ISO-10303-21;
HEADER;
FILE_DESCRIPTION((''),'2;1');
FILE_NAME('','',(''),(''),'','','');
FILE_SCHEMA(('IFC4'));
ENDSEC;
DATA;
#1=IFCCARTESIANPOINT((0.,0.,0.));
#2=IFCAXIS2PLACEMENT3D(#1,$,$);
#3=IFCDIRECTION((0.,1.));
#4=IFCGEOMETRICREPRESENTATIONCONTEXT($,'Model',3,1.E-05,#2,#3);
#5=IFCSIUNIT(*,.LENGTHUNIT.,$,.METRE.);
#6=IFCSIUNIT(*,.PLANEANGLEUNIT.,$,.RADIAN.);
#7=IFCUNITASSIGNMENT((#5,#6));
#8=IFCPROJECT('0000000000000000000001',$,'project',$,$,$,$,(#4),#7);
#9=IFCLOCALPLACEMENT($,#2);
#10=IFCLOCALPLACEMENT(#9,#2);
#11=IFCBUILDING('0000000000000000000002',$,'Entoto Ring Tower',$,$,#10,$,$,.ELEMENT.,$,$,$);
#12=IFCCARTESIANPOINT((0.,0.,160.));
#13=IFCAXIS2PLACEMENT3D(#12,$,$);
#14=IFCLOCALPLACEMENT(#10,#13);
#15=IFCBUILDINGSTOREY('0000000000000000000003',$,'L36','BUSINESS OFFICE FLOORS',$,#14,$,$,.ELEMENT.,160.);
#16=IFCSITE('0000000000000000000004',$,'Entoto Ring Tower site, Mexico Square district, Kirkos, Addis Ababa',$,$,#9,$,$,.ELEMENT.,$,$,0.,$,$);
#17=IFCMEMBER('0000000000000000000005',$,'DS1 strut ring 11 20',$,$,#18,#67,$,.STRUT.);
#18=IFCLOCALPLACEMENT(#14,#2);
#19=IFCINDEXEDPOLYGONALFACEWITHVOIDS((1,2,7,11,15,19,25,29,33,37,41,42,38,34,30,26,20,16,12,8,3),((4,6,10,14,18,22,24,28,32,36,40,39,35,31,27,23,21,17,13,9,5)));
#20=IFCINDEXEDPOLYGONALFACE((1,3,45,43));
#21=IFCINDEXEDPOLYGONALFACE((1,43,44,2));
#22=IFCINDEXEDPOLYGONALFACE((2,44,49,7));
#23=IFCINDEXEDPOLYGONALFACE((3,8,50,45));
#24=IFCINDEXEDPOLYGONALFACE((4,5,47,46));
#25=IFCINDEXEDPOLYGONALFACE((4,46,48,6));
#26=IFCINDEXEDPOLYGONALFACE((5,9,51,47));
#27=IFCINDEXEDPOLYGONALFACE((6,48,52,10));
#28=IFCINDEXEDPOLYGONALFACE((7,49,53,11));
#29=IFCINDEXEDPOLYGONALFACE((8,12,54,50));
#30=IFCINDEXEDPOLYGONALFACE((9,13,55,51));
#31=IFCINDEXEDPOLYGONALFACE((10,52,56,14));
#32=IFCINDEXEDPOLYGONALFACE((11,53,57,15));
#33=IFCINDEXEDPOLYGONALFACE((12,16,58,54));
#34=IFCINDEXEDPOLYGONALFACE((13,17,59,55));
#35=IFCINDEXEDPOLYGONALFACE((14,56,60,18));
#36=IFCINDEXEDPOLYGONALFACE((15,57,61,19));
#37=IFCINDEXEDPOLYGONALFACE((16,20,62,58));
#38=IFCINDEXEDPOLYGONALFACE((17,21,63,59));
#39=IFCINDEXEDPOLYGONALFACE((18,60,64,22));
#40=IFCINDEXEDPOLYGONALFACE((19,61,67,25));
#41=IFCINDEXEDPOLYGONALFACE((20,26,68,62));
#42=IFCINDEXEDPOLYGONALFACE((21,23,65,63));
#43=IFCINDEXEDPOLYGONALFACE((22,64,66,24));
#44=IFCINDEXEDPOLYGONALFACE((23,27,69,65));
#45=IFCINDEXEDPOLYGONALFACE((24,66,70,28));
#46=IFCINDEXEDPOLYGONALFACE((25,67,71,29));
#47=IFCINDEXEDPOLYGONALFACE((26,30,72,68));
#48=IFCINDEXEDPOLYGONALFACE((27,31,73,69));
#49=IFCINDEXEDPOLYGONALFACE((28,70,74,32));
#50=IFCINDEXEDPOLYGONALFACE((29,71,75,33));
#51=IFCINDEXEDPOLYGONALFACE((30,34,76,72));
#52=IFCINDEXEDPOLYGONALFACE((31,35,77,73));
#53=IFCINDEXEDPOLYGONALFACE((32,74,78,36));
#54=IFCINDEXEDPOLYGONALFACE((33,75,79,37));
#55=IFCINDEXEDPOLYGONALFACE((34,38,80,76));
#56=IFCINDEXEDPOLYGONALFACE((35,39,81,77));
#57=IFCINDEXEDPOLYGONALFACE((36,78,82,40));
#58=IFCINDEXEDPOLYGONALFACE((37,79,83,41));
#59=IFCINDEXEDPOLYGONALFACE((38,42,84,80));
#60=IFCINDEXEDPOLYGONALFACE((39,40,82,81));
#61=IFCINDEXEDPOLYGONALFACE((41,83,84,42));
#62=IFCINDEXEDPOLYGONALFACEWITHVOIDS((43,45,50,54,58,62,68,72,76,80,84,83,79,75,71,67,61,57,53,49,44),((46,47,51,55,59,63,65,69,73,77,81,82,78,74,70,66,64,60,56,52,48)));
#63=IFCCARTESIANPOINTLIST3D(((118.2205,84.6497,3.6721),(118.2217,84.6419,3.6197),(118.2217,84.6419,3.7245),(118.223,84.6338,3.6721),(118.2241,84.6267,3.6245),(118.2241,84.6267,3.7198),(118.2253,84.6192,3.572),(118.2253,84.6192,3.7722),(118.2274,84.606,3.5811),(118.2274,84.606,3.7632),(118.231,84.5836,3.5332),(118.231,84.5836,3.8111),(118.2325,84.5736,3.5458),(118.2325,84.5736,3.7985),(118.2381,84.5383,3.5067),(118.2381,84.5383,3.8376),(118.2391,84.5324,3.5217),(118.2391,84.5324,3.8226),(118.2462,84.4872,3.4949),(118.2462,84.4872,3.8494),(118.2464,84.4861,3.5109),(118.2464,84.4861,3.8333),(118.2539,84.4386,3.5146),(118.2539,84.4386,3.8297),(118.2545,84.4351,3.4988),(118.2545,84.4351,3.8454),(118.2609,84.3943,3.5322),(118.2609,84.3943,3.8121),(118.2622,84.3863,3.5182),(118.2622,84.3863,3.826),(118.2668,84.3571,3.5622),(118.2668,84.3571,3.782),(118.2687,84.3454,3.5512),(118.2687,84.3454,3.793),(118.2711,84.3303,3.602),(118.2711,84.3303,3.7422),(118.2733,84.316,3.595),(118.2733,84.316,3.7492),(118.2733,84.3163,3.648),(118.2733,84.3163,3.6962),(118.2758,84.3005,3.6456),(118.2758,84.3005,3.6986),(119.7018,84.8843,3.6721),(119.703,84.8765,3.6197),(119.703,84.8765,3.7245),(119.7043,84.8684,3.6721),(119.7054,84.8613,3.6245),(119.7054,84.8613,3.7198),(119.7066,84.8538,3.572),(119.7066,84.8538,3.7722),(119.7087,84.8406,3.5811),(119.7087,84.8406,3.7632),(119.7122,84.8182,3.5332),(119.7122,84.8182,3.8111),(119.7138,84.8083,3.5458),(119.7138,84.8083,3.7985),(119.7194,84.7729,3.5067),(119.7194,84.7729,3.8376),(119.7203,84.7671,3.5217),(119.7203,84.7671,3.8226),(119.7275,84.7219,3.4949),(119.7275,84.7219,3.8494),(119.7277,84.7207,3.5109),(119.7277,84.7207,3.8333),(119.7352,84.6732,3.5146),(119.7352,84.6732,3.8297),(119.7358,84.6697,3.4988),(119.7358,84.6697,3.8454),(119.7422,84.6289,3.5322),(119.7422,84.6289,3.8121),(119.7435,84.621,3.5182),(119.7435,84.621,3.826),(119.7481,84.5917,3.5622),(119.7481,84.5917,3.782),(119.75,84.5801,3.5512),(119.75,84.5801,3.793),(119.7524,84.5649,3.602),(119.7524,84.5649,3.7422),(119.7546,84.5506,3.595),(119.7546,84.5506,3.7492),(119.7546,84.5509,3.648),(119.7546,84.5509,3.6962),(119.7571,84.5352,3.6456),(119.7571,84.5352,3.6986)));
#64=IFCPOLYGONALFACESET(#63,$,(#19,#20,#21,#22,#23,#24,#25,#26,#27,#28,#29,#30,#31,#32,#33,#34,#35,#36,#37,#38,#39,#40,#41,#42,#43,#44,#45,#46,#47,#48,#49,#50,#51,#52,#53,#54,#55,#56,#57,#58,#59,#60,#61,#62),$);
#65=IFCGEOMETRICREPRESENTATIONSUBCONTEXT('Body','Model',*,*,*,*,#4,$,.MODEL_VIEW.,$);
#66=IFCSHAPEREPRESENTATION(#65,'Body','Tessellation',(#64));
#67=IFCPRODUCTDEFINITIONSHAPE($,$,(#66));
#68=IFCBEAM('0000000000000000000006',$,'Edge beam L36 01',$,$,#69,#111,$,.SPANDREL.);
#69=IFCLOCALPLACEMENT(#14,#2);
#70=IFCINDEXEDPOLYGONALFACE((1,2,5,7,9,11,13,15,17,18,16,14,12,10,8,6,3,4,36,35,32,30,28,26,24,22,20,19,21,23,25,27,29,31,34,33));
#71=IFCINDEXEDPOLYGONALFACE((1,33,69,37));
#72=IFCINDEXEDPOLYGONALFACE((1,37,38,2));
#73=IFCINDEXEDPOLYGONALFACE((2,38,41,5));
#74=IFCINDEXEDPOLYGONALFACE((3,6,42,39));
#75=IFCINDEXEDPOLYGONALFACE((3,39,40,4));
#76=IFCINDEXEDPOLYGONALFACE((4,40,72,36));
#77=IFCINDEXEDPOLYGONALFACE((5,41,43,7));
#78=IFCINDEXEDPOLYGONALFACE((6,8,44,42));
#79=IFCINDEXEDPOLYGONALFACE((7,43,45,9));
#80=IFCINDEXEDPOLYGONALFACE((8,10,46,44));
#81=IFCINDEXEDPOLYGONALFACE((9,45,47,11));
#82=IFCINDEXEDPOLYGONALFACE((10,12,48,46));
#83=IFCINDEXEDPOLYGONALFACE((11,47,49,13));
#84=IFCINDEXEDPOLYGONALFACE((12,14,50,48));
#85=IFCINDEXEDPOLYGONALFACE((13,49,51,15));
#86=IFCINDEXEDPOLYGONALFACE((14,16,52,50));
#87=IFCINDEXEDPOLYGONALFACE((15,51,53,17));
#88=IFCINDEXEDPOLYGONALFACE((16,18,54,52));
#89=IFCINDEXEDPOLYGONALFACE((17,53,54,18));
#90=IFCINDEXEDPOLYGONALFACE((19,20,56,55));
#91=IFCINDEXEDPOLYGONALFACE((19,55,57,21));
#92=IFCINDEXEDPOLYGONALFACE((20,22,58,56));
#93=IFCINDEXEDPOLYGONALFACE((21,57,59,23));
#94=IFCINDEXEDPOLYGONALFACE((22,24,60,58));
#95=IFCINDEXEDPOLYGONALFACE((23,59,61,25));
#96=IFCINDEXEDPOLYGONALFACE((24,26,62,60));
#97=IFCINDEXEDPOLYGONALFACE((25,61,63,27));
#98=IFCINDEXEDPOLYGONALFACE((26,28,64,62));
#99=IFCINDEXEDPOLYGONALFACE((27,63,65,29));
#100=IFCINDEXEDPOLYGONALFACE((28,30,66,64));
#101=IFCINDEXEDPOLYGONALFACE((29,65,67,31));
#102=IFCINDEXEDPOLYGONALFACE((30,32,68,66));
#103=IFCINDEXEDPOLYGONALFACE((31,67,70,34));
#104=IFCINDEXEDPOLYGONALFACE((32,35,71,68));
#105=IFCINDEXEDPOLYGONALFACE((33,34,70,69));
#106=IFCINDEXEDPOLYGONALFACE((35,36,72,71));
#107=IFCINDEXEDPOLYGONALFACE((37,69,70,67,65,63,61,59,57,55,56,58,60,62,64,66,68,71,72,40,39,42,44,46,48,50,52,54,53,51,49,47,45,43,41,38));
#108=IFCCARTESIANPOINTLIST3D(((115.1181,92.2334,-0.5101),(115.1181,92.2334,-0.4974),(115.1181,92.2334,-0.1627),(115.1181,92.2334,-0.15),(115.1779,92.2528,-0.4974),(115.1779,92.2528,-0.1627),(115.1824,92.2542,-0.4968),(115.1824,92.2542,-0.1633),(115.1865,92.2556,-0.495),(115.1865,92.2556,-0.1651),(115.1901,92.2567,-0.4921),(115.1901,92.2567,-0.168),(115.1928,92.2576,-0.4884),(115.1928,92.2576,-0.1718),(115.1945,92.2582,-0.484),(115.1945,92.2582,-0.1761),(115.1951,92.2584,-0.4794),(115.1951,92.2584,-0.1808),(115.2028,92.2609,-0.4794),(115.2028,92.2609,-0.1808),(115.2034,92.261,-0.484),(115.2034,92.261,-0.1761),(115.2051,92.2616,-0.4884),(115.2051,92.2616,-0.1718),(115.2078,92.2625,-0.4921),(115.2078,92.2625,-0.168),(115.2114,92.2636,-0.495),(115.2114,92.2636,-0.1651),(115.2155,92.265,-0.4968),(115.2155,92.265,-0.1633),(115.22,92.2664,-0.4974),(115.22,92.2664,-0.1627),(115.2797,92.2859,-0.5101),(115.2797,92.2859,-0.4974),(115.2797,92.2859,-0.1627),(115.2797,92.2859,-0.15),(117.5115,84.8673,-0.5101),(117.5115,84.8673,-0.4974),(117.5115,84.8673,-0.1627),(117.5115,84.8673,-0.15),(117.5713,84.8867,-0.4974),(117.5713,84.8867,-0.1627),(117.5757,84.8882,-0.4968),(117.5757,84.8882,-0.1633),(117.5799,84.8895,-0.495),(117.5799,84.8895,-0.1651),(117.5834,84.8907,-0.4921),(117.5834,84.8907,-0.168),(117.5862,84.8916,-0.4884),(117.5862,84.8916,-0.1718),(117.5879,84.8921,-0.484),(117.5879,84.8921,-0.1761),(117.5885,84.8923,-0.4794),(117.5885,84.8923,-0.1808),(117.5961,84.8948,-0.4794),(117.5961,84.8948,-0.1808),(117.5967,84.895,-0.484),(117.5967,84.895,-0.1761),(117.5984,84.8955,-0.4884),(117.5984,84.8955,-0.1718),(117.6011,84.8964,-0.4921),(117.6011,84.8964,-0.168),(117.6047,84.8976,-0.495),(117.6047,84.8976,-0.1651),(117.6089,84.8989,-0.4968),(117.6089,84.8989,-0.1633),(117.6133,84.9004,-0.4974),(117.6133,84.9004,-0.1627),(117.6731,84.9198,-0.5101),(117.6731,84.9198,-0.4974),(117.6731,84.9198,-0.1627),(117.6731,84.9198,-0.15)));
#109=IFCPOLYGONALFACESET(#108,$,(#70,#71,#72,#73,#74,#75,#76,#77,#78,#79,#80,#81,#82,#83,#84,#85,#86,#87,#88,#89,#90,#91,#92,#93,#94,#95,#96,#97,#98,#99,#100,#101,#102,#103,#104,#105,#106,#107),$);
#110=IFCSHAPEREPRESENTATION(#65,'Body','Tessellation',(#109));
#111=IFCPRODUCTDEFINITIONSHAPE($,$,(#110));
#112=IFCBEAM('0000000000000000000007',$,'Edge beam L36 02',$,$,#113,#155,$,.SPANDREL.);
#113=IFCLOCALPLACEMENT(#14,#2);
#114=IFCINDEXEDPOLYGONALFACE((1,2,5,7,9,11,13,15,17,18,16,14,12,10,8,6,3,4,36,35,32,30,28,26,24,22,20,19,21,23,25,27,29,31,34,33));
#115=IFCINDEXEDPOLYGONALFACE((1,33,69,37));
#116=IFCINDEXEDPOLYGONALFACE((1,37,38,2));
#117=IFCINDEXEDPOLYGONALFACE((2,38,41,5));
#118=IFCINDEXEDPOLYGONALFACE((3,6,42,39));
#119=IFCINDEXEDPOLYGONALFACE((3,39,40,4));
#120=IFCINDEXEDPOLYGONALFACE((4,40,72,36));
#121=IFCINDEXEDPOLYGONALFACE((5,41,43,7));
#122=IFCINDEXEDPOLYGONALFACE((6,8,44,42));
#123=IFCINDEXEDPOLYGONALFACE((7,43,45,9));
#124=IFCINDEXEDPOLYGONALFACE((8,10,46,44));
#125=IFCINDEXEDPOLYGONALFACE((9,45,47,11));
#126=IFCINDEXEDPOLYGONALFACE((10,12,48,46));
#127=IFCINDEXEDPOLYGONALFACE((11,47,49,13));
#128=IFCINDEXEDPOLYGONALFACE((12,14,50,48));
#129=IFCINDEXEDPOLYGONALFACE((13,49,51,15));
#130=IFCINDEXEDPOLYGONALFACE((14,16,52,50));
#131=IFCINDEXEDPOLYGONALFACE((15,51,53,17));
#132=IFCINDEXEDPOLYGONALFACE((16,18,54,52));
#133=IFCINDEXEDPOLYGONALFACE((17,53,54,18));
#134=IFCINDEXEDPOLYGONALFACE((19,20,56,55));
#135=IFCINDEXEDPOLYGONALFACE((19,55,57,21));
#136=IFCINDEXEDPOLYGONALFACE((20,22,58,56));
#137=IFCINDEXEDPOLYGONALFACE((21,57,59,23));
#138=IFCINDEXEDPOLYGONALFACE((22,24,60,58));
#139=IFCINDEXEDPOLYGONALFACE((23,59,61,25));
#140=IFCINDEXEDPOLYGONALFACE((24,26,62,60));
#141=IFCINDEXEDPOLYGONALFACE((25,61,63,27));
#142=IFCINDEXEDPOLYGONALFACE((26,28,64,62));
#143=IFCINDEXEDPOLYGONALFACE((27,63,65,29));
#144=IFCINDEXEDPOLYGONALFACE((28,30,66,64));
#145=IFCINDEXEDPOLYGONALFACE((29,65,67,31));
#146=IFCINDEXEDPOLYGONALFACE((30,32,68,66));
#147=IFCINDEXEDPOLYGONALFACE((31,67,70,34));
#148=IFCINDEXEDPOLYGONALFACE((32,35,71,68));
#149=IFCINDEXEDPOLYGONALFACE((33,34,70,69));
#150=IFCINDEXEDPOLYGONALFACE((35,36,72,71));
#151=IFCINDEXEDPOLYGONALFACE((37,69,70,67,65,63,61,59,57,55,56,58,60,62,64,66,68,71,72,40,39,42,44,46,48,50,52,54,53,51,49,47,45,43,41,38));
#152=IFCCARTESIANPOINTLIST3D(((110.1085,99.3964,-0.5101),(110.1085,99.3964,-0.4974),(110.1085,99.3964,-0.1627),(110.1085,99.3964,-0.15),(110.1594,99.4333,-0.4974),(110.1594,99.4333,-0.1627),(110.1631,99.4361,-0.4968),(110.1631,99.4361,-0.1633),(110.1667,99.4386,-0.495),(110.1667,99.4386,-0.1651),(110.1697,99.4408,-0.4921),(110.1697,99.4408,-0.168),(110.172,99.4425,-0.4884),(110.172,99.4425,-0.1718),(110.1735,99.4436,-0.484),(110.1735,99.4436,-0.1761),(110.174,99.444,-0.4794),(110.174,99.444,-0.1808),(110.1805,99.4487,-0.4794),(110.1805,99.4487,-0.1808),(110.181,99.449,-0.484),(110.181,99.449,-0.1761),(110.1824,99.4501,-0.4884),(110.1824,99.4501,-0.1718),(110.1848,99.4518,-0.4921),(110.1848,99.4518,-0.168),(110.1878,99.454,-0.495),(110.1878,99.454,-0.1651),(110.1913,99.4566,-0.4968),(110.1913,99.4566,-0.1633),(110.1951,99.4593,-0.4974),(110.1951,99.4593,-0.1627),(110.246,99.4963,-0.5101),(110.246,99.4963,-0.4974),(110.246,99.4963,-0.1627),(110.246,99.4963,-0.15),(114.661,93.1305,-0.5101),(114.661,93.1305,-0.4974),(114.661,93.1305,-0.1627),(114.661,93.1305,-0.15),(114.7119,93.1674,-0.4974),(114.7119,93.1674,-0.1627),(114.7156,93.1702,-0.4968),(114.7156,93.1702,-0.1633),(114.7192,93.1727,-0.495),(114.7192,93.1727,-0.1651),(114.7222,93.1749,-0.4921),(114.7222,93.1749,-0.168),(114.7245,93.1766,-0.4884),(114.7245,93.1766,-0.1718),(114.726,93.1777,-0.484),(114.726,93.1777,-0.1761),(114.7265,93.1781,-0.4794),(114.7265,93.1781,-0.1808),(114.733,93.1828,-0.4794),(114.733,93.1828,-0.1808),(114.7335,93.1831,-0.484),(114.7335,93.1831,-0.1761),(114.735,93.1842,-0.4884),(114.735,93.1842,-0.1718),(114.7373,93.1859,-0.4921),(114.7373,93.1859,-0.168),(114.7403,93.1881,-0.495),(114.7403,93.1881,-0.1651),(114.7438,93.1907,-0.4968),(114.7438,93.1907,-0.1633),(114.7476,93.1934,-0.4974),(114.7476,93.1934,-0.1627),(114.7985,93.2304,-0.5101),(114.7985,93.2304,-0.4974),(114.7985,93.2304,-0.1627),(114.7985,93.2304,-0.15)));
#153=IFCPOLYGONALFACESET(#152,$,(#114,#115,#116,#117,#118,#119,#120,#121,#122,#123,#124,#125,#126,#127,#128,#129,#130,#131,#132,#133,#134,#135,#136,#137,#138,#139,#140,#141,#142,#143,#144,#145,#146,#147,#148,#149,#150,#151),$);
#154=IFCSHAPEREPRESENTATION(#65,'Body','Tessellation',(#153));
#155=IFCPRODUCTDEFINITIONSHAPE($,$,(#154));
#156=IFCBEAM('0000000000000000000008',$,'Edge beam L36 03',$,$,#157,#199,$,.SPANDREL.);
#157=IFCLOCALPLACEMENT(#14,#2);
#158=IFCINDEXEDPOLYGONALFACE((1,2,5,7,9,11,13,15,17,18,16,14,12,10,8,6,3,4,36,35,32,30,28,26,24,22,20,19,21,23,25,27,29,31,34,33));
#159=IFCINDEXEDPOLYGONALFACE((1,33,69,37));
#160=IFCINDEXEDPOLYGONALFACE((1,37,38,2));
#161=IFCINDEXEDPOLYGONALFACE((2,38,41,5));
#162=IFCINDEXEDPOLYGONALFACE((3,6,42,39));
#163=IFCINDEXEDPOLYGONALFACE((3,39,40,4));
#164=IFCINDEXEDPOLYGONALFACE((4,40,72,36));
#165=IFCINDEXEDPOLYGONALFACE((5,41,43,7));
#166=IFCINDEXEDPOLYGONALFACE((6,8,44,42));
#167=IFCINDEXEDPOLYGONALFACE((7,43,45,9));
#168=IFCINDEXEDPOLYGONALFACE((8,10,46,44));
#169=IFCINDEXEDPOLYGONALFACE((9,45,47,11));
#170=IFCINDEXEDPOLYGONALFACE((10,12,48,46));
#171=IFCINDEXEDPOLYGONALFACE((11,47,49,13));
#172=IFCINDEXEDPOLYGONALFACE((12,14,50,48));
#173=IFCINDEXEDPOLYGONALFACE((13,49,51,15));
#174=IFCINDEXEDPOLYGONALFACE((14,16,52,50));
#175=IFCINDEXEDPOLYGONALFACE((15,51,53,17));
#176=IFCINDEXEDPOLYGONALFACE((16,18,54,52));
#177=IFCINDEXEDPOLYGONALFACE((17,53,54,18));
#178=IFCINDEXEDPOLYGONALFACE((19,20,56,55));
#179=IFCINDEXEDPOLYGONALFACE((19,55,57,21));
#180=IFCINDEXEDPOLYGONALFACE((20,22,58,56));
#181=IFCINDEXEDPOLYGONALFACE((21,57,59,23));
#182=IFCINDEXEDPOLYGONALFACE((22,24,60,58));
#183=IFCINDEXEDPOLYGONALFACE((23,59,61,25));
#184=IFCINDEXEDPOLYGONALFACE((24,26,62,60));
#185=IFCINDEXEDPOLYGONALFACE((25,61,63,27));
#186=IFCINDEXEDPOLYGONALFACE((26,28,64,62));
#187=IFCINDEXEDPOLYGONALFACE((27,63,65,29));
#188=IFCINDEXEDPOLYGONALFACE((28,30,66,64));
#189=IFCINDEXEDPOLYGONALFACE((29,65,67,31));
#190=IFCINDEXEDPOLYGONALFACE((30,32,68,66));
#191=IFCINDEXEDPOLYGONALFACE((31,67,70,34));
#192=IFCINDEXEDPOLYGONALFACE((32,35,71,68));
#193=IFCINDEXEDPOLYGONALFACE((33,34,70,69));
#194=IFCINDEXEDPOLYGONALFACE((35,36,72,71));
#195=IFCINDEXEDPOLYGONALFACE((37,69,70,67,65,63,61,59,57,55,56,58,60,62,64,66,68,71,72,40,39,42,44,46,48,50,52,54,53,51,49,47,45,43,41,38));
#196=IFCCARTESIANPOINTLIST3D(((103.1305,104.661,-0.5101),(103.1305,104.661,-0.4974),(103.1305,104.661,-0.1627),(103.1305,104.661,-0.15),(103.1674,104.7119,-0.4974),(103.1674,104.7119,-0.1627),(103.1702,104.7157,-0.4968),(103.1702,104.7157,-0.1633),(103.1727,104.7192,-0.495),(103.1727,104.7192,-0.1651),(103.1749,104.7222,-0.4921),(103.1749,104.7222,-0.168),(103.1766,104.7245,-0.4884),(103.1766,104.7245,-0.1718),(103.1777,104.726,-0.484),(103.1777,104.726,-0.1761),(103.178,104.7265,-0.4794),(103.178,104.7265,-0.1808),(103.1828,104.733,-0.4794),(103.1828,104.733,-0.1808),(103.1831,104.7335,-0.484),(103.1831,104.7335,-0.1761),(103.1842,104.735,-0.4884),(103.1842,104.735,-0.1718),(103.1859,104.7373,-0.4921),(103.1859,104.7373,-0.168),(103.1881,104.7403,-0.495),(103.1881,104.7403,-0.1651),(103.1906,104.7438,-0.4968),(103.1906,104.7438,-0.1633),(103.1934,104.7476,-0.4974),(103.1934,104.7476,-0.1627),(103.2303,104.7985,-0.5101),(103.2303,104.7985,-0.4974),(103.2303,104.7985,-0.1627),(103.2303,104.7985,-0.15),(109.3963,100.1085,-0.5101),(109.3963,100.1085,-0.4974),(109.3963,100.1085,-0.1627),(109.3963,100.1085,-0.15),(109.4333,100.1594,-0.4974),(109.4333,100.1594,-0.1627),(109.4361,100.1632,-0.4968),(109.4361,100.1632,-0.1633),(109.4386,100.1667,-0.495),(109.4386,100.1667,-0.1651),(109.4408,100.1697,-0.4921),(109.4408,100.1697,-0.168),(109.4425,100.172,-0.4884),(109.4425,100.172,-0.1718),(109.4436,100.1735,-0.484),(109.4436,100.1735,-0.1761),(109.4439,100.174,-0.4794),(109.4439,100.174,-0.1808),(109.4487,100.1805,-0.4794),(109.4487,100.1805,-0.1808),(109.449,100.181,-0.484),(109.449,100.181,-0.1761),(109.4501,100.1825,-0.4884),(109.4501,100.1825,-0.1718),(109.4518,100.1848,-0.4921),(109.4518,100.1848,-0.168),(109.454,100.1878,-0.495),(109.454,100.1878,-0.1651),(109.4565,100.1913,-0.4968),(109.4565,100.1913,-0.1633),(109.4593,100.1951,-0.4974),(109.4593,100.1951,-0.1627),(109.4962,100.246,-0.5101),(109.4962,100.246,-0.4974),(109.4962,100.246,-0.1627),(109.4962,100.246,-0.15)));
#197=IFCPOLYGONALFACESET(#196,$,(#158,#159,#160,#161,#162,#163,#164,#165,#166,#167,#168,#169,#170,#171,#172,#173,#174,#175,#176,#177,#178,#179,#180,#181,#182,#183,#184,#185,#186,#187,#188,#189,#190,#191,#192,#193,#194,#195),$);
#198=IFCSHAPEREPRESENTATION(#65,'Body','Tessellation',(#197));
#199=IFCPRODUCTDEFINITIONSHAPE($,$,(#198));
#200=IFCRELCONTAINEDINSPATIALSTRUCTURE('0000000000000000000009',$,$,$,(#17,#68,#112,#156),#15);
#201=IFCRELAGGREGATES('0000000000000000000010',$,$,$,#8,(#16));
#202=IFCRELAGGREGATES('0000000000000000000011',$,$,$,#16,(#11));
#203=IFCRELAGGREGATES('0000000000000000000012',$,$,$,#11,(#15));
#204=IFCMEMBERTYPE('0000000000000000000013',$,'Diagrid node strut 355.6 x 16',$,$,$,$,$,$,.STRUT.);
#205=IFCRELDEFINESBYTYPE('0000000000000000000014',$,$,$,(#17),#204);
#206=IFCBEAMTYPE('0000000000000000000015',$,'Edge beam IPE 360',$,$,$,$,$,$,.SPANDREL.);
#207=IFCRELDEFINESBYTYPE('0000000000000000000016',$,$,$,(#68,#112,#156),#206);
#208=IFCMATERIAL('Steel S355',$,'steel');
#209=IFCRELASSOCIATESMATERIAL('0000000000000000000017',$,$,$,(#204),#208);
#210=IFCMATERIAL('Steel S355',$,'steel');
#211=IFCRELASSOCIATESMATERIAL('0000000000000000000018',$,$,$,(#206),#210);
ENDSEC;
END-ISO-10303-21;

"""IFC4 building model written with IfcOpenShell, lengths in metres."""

from ifc_helpers import new_model, si_unit, direction, frame, origin, origin_2d, place, context, subcontext, project, spatial, circle, hollow_circle, i_section, extrude, material, material_profile, profile_set, type_object, element, save


model = new_model("IFC4")

# Units and contexts
model_context = context("Model", 3, precision=1e-05, world=origin(), true_north=direction((0.0, 1.0)))
body_context = subcontext(model_context, "Body", "Model", "MODEL_VIEW")
ifc_project = project(units=[si_unit("LENGTHUNIT", "METRE"), si_unit("PLANEANGLEUNIT", "RADIAN")], contexts=[model_context])

# Site, building, storey
site_placement = place(None, origin())
site = spatial("IfcSite", under=ifc_project, at=site_placement, Name="Entoto Ring Tower site, Mexico Square district, Kirkos, Addis Ababa", CompositionType="ELEMENT", RefElevation=0.0)
building_placement = place(site_placement, origin())
building = spatial("IfcBuilding", under=site, at=building_placement, Name="Entoto Ring Tower", CompositionType="ELEMENT")
storey_placement = place(building_placement, frame((0.0, 0.0, 160.0)))
storey = spatial("IfcBuildingStorey", under=building, at=storey_placement, Name="L36", Description="BUSINESS OFFICE FLOORS", CompositionType="ELEMENT", Elevation=160.0)

# Member
ifc_material_1 = material(Name="Steel S355", Category="steel")
ifc_material_profile_1 = material_profile(ifc_material_1, hollow_circle(Radius=0.1777, WallThickness=0.0161, at=origin_2d()), Name="CHS 355.6 x 16")
ifc_material_2 = material(Name="Concrete C60/75", Category="concrete")
ifc_material_profile_2 = material_profile(ifc_material_2, circle(Radius=0.1619, at=origin_2d()), Name="Concrete C60/75 infill")
ifc_profile_set_1 = profile_set([ifc_material_profile_1, ifc_material_profile_2], Name="Steel S355")
member_type = type_object("IfcMemberType", Name="Diagrid node strut 355.6 x 16", PredefinedType="STRUT", material=ifc_profile_set_1)
member_placement = place(storey_placement, frame((118.2483, 84.4741, 3.6721), z_axis=(0.987686, 0.156447, 0.0), x_axis=(-0.156447, 0.987686, 0.0)))
element("IfcMember", 1, at=member_placement, inside=storey, type_object=member_type, Name="DS1 strut ring 11 20", PredefinedType="STRUT", context=body_context, shape_type="SweptSolid", body=[
    extrude(hollow_circle(Radius=0.1777, WallThickness=0.0161, at=origin_2d()), origin(), (0.0, 0.0, 1.0), 1.4998),
])

# Beams
ifc_material_3 = material(Name="Steel S355", Category="steel")
ifc_material_profile_3 = material_profile(ifc_material_3, i_section(OverallWidth=0.1699, OverallDepth=0.3601, WebThickness=0.0081, FlangeThickness=0.0127, FilletRadius=0.0181, at=origin_2d()), Name="IPE 360")
ifc_profile_set_2 = profile_set([ifc_material_profile_3], Name="Steel S355")
beam_type_1 = type_object("IfcBeamType", Name="Edge beam IPE 360", PredefinedType="SPANDREL", material=ifc_profile_set_2)
for number, where, z_axis, x_axis, name in (
    (2, (117.5923, 84.8936, -0.3301), (-0.309013, 0.951058, 0.0), (-0.951058, -0.309013, 0.0), "Edge beam L36 01"),
    (3, (114.7297, 93.1804, -0.3301), (-0.587791, 0.809013, 0.0), (-0.809013, -0.587791, 0.0), "Edge beam L36 02"),
    (4, (109.4463, 100.1772, -0.3301), (-0.809013, 0.587791, 0.0), (-0.587791, -0.809013, 0.0), "Edge beam L36 03"),
):
    element("IfcBeam", number, at=place(storey_placement, frame(where, z_axis=z_axis, x_axis=x_axis)), inside=storey, type_object=beam_type_1, Name=name, PredefinedType="SPANDREL", context=body_context, shape_type="SweptSolid", body=[
        extrude(i_section(OverallWidth=0.1699, OverallDepth=0.3601, WebThickness=0.0081, FlangeThickness=0.0127, FilletRadius=0.0181, at=origin_2d()), origin(), (0.0, 0.0, 1.0), 7.7451),
    ])

save(model, "model.ifc")
